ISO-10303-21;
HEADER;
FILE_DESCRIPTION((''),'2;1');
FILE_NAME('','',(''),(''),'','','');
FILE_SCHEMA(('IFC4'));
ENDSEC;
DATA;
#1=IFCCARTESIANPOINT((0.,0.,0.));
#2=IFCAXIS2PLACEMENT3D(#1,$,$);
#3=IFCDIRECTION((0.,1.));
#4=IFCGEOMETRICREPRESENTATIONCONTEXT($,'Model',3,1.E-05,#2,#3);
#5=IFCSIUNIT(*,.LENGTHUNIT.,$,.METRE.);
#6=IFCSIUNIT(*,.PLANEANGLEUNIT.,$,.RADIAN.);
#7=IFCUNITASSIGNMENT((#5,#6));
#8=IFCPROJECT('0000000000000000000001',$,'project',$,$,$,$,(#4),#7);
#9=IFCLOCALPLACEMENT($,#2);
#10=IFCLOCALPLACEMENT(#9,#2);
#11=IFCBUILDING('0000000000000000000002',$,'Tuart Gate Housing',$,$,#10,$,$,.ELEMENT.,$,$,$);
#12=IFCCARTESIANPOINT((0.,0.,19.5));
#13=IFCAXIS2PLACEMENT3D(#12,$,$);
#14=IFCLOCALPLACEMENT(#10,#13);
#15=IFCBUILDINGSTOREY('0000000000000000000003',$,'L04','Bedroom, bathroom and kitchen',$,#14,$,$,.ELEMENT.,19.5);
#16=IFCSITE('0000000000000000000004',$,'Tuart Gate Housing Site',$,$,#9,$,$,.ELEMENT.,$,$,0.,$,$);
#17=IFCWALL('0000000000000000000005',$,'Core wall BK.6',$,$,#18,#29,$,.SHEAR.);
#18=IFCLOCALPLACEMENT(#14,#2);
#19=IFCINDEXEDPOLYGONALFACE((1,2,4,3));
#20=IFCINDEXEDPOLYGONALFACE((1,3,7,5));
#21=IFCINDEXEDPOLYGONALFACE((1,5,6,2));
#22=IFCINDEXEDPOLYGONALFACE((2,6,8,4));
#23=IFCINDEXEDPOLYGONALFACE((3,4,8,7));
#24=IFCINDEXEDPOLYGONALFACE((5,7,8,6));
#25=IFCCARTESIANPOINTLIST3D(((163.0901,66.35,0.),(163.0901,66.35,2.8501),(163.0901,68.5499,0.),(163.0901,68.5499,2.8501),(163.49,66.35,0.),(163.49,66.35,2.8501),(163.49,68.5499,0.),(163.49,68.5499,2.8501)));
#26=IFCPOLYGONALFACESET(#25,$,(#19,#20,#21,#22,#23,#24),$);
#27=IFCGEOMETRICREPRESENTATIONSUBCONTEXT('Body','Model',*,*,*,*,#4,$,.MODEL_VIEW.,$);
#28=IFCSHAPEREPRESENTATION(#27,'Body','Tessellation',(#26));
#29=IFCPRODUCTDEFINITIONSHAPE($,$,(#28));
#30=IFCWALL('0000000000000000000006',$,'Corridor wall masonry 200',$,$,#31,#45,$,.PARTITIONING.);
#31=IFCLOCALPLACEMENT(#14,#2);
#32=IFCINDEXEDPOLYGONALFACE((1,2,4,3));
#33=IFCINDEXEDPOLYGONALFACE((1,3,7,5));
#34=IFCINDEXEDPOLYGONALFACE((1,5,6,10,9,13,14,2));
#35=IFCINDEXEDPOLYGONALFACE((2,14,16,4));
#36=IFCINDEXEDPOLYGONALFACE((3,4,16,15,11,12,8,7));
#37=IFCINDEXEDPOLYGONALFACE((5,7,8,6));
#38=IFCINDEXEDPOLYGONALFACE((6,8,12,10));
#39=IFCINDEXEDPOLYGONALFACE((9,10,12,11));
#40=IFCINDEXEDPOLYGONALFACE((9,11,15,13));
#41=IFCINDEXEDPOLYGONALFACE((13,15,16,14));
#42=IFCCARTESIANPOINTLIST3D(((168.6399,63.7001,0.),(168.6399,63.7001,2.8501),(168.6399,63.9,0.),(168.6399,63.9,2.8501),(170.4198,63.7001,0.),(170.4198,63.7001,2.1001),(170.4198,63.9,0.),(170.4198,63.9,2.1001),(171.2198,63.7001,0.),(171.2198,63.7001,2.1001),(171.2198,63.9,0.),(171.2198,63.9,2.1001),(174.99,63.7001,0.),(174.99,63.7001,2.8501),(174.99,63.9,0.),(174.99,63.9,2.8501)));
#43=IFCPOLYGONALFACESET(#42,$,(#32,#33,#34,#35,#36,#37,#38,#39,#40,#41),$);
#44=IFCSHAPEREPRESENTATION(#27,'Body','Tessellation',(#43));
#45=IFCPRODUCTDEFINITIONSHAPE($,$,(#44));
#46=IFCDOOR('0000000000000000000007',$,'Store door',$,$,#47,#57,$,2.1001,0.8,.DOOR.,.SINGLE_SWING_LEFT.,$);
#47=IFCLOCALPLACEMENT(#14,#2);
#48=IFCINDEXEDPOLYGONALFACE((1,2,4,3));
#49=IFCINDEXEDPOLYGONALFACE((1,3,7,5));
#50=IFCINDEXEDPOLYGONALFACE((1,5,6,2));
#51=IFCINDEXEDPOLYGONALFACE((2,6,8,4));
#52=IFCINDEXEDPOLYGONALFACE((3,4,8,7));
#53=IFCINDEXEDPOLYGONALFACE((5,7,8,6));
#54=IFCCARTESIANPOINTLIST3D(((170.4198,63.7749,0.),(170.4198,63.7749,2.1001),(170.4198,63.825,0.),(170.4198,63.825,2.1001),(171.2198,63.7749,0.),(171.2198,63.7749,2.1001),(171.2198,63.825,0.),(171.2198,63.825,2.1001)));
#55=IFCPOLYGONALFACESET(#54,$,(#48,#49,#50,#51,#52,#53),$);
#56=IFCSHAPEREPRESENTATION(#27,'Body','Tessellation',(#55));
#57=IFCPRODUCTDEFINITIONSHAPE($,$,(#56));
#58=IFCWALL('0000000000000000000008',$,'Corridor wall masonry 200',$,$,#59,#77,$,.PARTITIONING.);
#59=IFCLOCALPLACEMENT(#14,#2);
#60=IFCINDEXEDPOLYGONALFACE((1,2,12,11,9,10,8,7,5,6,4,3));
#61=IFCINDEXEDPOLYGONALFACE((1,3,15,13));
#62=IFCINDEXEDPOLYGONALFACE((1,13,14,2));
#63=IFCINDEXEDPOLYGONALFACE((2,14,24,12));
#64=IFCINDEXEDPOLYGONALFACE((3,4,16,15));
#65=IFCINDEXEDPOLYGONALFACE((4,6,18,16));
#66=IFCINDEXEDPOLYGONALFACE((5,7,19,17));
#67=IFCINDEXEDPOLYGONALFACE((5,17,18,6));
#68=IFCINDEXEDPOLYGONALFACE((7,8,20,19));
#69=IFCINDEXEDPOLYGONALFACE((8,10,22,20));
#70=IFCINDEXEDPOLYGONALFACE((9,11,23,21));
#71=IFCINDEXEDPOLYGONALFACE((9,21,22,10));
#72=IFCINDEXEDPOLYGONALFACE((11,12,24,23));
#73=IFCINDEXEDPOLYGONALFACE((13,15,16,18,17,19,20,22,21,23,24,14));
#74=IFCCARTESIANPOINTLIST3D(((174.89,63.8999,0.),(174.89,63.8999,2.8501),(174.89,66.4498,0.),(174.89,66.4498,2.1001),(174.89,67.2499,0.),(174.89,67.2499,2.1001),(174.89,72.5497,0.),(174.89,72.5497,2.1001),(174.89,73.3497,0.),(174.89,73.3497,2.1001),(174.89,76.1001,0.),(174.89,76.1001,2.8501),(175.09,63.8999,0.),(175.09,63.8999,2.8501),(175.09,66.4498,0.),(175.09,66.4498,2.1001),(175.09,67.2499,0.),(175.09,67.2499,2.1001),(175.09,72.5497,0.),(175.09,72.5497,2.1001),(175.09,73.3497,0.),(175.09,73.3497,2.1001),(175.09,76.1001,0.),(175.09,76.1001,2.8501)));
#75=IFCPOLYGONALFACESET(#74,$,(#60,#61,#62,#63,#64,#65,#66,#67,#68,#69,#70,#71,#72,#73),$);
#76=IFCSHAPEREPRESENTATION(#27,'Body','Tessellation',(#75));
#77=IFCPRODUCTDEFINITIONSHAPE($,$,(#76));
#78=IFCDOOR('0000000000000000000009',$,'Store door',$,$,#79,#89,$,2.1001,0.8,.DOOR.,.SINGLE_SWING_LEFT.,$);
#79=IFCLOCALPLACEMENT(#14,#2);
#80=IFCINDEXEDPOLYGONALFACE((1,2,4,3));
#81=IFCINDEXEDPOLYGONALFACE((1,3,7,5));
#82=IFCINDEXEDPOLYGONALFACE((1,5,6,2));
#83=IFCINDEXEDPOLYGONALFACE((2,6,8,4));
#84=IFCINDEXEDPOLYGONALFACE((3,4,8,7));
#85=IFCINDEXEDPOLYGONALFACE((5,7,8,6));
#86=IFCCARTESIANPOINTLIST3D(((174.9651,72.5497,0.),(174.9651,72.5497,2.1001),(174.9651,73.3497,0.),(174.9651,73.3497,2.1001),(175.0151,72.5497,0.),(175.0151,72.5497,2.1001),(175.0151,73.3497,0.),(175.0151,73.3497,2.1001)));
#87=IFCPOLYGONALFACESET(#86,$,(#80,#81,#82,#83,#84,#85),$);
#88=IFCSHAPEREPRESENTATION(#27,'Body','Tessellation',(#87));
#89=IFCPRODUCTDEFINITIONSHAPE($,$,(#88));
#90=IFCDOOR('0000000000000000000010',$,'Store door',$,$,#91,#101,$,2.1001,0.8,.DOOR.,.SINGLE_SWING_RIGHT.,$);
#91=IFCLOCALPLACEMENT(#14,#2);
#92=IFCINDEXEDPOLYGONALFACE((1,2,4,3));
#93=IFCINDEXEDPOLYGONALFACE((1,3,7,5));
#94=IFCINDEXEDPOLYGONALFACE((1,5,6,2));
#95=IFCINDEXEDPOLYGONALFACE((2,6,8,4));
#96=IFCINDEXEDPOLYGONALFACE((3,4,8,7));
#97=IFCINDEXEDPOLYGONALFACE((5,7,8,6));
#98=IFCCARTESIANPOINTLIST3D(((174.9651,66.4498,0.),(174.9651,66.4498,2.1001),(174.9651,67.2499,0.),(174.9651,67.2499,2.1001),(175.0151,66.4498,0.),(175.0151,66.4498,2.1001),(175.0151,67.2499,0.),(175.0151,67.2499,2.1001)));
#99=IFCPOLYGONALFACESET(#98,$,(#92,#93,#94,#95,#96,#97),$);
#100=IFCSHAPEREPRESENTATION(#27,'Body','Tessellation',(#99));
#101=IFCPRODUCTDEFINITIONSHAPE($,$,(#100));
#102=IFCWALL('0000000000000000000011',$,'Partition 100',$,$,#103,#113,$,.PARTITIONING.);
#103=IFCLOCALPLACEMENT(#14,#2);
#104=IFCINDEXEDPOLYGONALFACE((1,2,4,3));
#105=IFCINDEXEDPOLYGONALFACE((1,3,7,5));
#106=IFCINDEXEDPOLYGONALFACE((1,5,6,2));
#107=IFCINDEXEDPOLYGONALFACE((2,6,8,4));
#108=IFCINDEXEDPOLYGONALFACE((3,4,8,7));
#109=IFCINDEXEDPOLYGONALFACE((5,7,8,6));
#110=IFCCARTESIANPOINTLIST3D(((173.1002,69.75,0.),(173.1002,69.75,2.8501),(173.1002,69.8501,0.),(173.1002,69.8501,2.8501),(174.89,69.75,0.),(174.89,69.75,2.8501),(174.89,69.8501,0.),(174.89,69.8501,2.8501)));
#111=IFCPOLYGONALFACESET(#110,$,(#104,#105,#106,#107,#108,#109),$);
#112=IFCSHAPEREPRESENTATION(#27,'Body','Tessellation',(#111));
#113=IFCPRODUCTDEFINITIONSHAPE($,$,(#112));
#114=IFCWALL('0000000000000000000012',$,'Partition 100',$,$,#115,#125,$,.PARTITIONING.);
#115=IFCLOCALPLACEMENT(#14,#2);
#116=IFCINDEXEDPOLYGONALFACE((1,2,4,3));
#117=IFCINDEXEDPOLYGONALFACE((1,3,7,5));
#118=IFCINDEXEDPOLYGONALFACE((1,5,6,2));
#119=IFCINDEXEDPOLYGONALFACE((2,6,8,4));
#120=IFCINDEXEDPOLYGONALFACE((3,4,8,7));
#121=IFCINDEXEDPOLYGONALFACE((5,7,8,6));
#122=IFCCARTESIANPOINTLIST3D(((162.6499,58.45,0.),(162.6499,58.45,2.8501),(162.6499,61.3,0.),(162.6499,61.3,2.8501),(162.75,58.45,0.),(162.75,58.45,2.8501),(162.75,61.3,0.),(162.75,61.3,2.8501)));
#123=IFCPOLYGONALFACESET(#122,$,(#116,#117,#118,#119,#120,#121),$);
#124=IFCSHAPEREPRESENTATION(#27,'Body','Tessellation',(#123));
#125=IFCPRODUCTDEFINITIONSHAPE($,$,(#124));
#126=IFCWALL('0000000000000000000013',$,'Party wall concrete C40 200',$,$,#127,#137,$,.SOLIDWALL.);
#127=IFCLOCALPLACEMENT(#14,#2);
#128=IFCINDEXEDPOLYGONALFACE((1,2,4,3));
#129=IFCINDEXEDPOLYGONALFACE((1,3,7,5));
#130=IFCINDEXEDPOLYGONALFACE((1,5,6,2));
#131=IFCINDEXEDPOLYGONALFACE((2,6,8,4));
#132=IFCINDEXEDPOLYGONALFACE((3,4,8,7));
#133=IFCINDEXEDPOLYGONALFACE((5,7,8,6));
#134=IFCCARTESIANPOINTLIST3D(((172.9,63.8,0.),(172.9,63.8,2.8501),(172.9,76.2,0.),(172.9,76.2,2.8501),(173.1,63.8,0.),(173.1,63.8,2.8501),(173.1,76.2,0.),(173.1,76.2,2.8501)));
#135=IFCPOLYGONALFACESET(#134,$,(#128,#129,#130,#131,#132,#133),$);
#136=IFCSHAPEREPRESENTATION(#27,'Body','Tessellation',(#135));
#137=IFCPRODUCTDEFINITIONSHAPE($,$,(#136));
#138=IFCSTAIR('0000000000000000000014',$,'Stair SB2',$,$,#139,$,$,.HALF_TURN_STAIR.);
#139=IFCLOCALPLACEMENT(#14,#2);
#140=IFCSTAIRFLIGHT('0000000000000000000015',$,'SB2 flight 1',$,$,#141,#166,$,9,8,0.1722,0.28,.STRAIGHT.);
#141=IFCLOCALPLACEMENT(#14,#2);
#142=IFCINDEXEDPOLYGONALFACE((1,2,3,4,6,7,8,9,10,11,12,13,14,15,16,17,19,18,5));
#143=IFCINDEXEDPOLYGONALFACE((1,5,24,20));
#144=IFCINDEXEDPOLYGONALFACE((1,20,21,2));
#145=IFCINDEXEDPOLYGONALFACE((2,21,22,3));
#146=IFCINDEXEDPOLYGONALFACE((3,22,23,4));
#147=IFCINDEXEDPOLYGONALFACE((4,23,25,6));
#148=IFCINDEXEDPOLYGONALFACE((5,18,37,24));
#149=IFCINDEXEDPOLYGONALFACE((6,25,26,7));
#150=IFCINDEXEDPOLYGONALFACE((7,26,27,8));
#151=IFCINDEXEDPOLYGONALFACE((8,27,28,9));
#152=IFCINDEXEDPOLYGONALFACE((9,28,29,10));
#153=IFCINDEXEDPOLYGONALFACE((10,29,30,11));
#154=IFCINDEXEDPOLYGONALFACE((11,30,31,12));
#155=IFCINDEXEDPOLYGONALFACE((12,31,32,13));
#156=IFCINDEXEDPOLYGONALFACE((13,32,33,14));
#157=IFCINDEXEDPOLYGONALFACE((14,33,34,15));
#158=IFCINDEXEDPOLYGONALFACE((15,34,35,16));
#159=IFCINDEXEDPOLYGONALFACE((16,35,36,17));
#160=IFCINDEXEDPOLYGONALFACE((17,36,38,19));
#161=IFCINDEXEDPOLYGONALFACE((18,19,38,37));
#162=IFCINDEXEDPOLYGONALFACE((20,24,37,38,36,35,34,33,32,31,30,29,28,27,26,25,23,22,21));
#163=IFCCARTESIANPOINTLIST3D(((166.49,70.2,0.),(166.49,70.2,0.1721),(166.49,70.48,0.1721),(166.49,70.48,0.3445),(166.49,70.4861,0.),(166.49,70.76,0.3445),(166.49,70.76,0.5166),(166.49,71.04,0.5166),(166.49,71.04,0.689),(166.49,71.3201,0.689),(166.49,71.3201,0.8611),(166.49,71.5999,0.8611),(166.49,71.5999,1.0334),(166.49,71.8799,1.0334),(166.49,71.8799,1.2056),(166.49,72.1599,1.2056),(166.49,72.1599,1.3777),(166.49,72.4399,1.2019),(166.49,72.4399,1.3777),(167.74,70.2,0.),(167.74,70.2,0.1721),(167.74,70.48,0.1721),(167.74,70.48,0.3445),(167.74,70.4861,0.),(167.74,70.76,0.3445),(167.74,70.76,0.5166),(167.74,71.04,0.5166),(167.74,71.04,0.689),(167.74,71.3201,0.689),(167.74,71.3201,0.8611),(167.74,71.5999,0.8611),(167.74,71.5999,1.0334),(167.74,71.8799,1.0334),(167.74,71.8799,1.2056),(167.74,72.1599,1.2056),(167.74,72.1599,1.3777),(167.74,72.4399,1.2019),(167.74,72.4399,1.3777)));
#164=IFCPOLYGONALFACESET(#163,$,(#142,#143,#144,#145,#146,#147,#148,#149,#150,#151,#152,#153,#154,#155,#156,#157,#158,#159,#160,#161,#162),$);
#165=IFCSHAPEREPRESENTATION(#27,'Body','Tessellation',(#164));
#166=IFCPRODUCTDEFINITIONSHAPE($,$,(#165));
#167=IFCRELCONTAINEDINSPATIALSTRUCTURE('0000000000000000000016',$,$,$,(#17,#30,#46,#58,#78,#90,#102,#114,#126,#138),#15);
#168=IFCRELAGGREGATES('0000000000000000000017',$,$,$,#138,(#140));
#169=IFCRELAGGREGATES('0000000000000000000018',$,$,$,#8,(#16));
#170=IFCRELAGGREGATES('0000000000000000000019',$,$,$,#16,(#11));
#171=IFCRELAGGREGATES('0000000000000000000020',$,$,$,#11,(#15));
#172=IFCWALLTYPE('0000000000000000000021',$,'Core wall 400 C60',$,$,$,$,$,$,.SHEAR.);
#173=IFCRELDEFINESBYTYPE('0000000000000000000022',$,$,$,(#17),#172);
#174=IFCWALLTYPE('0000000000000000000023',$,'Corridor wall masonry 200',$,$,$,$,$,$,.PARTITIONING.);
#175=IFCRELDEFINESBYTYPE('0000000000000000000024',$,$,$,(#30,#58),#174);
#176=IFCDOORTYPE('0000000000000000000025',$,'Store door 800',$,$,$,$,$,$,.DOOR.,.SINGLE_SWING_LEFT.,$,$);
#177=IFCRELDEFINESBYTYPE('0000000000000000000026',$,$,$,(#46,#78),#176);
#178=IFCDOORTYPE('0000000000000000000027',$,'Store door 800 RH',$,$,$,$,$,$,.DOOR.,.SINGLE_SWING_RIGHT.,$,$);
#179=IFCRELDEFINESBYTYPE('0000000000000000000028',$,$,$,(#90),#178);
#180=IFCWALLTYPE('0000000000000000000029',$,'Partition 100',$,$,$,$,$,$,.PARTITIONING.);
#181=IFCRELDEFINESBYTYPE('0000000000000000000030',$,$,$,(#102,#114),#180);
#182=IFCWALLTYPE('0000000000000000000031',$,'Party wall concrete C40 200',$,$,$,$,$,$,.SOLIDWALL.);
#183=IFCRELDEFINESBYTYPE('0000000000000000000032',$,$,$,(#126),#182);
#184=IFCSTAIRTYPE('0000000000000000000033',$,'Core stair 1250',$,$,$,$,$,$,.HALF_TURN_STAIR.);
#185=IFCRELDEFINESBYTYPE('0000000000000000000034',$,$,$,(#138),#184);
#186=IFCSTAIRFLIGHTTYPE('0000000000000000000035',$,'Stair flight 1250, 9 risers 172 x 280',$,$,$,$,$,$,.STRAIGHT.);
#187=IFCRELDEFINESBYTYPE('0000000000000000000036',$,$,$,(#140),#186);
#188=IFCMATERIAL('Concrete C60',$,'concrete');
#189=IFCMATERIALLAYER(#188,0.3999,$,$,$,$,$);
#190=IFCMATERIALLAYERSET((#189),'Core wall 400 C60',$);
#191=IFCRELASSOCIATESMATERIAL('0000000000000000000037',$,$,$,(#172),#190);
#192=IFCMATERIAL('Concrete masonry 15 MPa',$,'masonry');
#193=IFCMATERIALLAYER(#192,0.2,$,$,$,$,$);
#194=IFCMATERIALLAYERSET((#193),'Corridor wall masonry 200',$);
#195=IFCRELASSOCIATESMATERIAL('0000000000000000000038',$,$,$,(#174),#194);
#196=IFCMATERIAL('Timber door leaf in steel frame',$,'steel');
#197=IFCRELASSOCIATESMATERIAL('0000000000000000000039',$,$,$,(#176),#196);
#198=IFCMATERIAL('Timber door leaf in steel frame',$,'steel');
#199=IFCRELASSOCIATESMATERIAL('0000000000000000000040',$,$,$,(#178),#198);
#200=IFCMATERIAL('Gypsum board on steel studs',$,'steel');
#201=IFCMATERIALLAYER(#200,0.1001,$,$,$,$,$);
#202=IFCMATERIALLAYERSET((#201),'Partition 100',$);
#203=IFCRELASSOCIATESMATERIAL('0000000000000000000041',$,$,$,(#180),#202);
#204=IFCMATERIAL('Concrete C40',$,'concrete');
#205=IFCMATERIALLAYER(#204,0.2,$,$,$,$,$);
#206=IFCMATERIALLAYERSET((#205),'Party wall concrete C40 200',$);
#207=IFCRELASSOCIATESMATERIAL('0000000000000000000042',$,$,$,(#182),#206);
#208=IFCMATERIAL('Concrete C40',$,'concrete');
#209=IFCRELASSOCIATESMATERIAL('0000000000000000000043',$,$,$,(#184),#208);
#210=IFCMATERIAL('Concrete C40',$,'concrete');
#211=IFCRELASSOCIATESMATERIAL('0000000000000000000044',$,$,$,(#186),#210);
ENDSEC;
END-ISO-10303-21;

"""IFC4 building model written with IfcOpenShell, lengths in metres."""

from ifc_helpers import new_model, si_unit, direction, frame, frame_2d, origin, place, context, subcontext, project, spatial, polyline, rectangle, outline, extrude, material, layer, layer_set, type_object, element, fill, aggregate, save


model = new_model("IFC4")

# Units and contexts
model_context = context("Model", 3, precision=1e-05, world=origin(), true_north=direction((0.0, 1.0)))
body_context = subcontext(model_context, "Body", "Model", "MODEL_VIEW")
ifc_project = project(units=[si_unit("LENGTHUNIT", "METRE"), si_unit("PLANEANGLEUNIT", "RADIAN")], contexts=[model_context])

# Site, building, storey
site_placement = place(None, origin())
site = spatial("IfcSite", under=ifc_project, at=site_placement, Name="Tuart Gate Housing Site", CompositionType="ELEMENT", RefElevation=0.0)
building_placement = place(site_placement, origin())
building = spatial("IfcBuilding", under=site, at=building_placement, Name="Tuart Gate Housing", CompositionType="ELEMENT")
storey_placement = place(building_placement, frame((0.0, 0.0, 19.5)))
storey = spatial("IfcBuildingStorey", under=building, at=storey_placement, Name="L04", Description="Bedroom, bathroom and kitchen", CompositionType="ELEMENT", Elevation=19.5)

# Wall
ifc_material_1 = material(Name="Concrete C60", Category="concrete")
ifc_layer_1 = layer(ifc_material_1, 0.3999)
ifc_layer_set_1 = layer_set([ifc_layer_1], Name="Core wall 400 C60")
wall_type_1 = type_object("IfcWallType", Name="Core wall 400 C60", PredefinedType="SHEAR", material=ifc_layer_set_1)
wall_1_placement = place(storey_placement, frame((163.29, 68.55, 0.0), z_axis=(0.0, 0.0, 1.0), x_axis=(0.0, -1.0, 0.0)))
element("IfcWall", 1, at=wall_1_placement, inside=storey, type_object=wall_type_1, Name="Core wall BK.6", PredefinedType="SHEAR", context=body_context, shape_type="SweptSolid", body=[
    extrude(rectangle(XDim=2.2, YDim=0.3999, at=frame_2d((1.1001, 0.0))), origin(), (0.0, 0.0, 1.0), 2.8501),
])

# Wall, opening, door
ifc_material_2 = material(Name="Concrete masonry 15 MPa", Category="masonry")
ifc_layer_2 = layer(ifc_material_2, 0.2)
ifc_layer_set_2 = layer_set([ifc_layer_2], Name="Corridor wall masonry 200")
wall_type_2 = type_object("IfcWallType", Name="Corridor wall masonry 200", PredefinedType="PARTITIONING", material=ifc_layer_set_2)
wall_2_placement = place(storey_placement, frame((168.6399, 63.8, 0.0), z_axis=(0.0, 0.0, 1.0), x_axis=(1.0, 0.0, 0.0)))
wall_2 = element("IfcWall", 2, at=wall_2_placement, inside=storey, type_object=wall_type_2, Name="Corridor wall masonry 200", PredefinedType="PARTITIONING", context=body_context, shape_type="SweptSolid", body=[
    extrude(rectangle(XDim=6.3501, YDim=0.2, at=frame_2d((3.175, 0.0))), origin(), (0.0, 0.0, 1.0), 2.8501),
])
opening_1_placement = place(wall_2_placement, frame((1.78, 0.0, 0.0)))
opening_1 = element("IfcOpeningElement", 3, at=opening_1_placement, cuts=wall_2, PredefinedType="OPENING", context=body_context, shape_type="SweptSolid", body=[
    extrude(rectangle(XDim=0.8, YDim=2.1001, at=frame_2d((0.3999, 1.05))), frame((0.0, 0.1099, 0.0), z_axis=(0.0, -1.0, 0.0), x_axis=(1.0, 0.0, 0.0)), (0.0, 0.0, 1.0), 0.22),
])
ifc_material_3 = material(Name="Timber door leaf in steel frame", Category="steel")
door_type_1 = type_object("IfcDoorType", Name="Store door 800", OperationType="SINGLE_SWING_LEFT", PredefinedType="DOOR", material=ifc_material_3)
door_1_placement = place(opening_1_placement, origin())
door_1 = element("IfcDoor", 4, at=door_1_placement, inside=storey, type_object=door_type_1, Name="Store door", OperationType="SINGLE_SWING_LEFT", OverallHeight=2.1001, OverallWidth=0.8, PredefinedType="DOOR", context=body_context, shape_type="SweptSolid", body=[
    extrude(rectangle(XDim=0.8, YDim=2.1001, at=frame_2d((0.3999, 1.05))), frame((0.0, 0.0249, 0.0), z_axis=(0.0, -1.0, 0.0), x_axis=(1.0, 0.0, 0.0)), (0.0, 0.0, 1.0), 0.05),
])
fill(opening_1, door_1)

# Wall, openings, doors
wall_3_placement = place(storey_placement, frame((174.99, 63.8999, 0.0), z_axis=(0.0, 0.0, 1.0), x_axis=(0.0, 1.0, 0.0)))
wall_3 = element("IfcWall", 5, at=wall_3_placement, inside=storey, type_object=wall_type_2, Name="Corridor wall masonry 200", PredefinedType="PARTITIONING", context=body_context, shape_type="SweptSolid", body=[
    extrude(rectangle(XDim=12.2002, YDim=0.2, at=frame_2d((6.1001, 0.0))), origin(), (0.0, 0.0, 1.0), 2.8501),
])
opening_2_placement = place(wall_3_placement, frame((2.55, 0.0, 0.0)))
opening_2 = element("IfcOpeningElement", 6, at=opening_2_placement, cuts=wall_3, PredefinedType="OPENING", context=body_context, shape_type="SweptSolid", body=[
    extrude(rectangle(XDim=0.8, YDim=2.1001, at=frame_2d((0.3999, 1.05))), frame((0.0, 0.1099, 0.0), z_axis=(0.0, -1.0, 0.0), x_axis=(1.0, 0.0, 0.0)), (0.0, 0.0, 1.0), 0.22),
])
opening_3_placement = place(wall_3_placement, frame((8.6499, 0.0, 0.0)))
opening_3 = element("IfcOpeningElement", 7, at=opening_3_placement, cuts=wall_3, PredefinedType="OPENING", context=body_context, shape_type="SweptSolid", body=[
    extrude(rectangle(XDim=0.8, YDim=2.1001, at=frame_2d((0.3999, 1.05))), frame((0.0, 0.1099, 0.0), z_axis=(0.0, -1.0, 0.0), x_axis=(1.0, 0.0, 0.0)), (0.0, 0.0, 1.0), 0.22),
])
door_2_placement = place(opening_3_placement, origin())
door_2 = element("IfcDoor", 8, at=door_2_placement, inside=storey, type_object=door_type_1, Name="Store door", OperationType="SINGLE_SWING_LEFT", OverallHeight=2.1001, OverallWidth=0.8, PredefinedType="DOOR", context=body_context, shape_type="SweptSolid", body=[
    extrude(rectangle(XDim=0.8, YDim=2.1001, at=frame_2d((0.3999, 1.05))), frame((0.0, 0.0249, 0.0), z_axis=(0.0, -1.0, 0.0), x_axis=(1.0, 0.0, 0.0)), (0.0, 0.0, 1.0), 0.05),
])
fill(opening_3, door_2)
ifc_material_4 = material(Name="Timber door leaf in steel frame", Category="steel")
door_type_2 = type_object("IfcDoorType", Name="Store door 800 RH", OperationType="SINGLE_SWING_RIGHT", PredefinedType="DOOR", material=ifc_material_4)
door_3_placement = place(opening_2_placement, origin())
door_3 = element("IfcDoor", 9, at=door_3_placement, inside=storey, type_object=door_type_2, Name="Store door", OperationType="SINGLE_SWING_RIGHT", OverallHeight=2.1001, OverallWidth=0.8, PredefinedType="DOOR", context=body_context, shape_type="SweptSolid", body=[
    extrude(rectangle(XDim=0.8, YDim=2.1001, at=frame_2d((0.3999, 1.05))), frame((0.0, 0.0249, 0.0), z_axis=(0.0, -1.0, 0.0), x_axis=(1.0, 0.0, 0.0)), (0.0, 0.0, 1.0), 0.05),
])
fill(opening_2, door_3)

# Walls
ifc_material_5 = material(Name="Gypsum board on steel studs", Category="steel")
ifc_layer_3 = layer(ifc_material_5, 0.1001)
ifc_layer_set_3 = layer_set([ifc_layer_3], Name="Partition 100")
wall_type_3 = type_object("IfcWallType", Name="Partition 100", PredefinedType="PARTITIONING", material=ifc_layer_set_3)
wall_4_placement = place(storey_placement, frame((173.1001, 69.8, 0.0), z_axis=(0.0, 0.0, 1.0), x_axis=(1.0, 0.0, 0.0)))
element("IfcWall", 10, at=wall_4_placement, inside=storey, type_object=wall_type_3, Name="Partition 100", PredefinedType="PARTITIONING", context=body_context, shape_type="SweptSolid", body=[
    extrude(rectangle(XDim=1.7898, YDim=0.1001, at=frame_2d((0.895, 0.0))), origin(), (0.0, 0.0, 1.0), 2.8501),
])
wall_5_placement = place(storey_placement, frame((162.7, 58.45, 0.0), z_axis=(0.0, 0.0, 1.0), x_axis=(0.0, 1.0, 0.0)))
element("IfcWall", 11, at=wall_5_placement, inside=storey, type_object=wall_type_3, Name="Partition 100", PredefinedType="PARTITIONING", context=body_context, shape_type="SweptSolid", body=[
    extrude(rectangle(XDim=2.8501, YDim=0.1001, at=frame_2d((1.425, 0.0))), origin(), (0.0, 0.0, 1.0), 2.8501),
])
ifc_material_6 = material(Name="Concrete C40", Category="concrete")
ifc_layer_4 = layer(ifc_material_6, 0.2)
ifc_layer_set_4 = layer_set([ifc_layer_4], Name="Party wall concrete C40 200")
wall_type_4 = type_object("IfcWallType", Name="Party wall concrete C40 200", PredefinedType="SOLIDWALL", material=ifc_layer_set_4)
wall_6_placement = place(storey_placement, frame((173.0, 63.8, 0.0), z_axis=(0.0, 0.0, 1.0), x_axis=(0.0, 1.0, 0.0)))
element("IfcWall", 12, at=wall_6_placement, inside=storey, type_object=wall_type_4, Name="Party wall concrete C40 200", PredefinedType="SOLIDWALL", context=body_context, shape_type="SweptSolid", body=[
    extrude(rectangle(XDim=12.3999, YDim=0.2, at=frame_2d((6.2, 0.0))), origin(), (0.0, 0.0, 1.0), 2.8501),
])

# Stair, stair flight
ifc_material_7 = material(Name="Concrete C40", Category="concrete")
stair_type = type_object("IfcStairType", Name="Core stair 1250", PredefinedType="HALF_TURN_STAIR", material=ifc_material_7)
stair_placement = place(storey_placement, origin())
stair = element("IfcStair", 13, at=stair_placement, inside=storey, type_object=stair_type, Name="Stair SB2", PredefinedType="HALF_TURN_STAIR")
ifc_material_8 = material(Name="Concrete C40", Category="concrete")
stair_flight_type = type_object("IfcStairFlightType", Name="Stair flight 1250, 9 risers 172 x 280", PredefinedType="STRAIGHT", material=ifc_material_8)
stair_flight_placement = place(storey_placement, frame((167.115, 70.2, 0.0), z_axis=(0.0, 0.0, 1.0), x_axis=(0.0, 1.0, 0.0)))
stair_flight = element("IfcStairFlight", 14, at=stair_flight_placement, type_object=stair_flight_type, Name="SB2 flight 1", NumberOfRisers=9, NumberOfTreads=8, PredefinedType="STRAIGHT", RiserHeight=0.1722, TreadLength=0.28, context=body_context, shape_type="SweptSolid", body=[
    extrude(outline(polyline([(0.0, 0.0), (0.0, 0.1721), (0.28, 0.1721), (0.28, 0.3445), (0.5601, 0.3445), (0.5601, 0.5166), (0.8401, 0.5166), (0.8401, 0.689), (1.1201, 0.689), (1.1201, 0.8611), (1.3999, 0.8611), (1.3999, 1.0334), (1.6799, 1.0334), (1.6799, 1.2056), (1.96, 1.2056), (1.96, 1.3777), (2.24, 1.3777), (2.24, 1.55), (2.24, 1.2019), (0.2861, 0.0), (0.0, 0.0)])), frame((0.0, 0.625, 0.0), z_axis=(0.0, -1.0, 0.0), x_axis=(1.0, 0.0, 0.0)), (0.0, 0.0, 1.0), 1.25),
])
aggregate(stair, [stair_flight])

save(model, "model.ifc")
